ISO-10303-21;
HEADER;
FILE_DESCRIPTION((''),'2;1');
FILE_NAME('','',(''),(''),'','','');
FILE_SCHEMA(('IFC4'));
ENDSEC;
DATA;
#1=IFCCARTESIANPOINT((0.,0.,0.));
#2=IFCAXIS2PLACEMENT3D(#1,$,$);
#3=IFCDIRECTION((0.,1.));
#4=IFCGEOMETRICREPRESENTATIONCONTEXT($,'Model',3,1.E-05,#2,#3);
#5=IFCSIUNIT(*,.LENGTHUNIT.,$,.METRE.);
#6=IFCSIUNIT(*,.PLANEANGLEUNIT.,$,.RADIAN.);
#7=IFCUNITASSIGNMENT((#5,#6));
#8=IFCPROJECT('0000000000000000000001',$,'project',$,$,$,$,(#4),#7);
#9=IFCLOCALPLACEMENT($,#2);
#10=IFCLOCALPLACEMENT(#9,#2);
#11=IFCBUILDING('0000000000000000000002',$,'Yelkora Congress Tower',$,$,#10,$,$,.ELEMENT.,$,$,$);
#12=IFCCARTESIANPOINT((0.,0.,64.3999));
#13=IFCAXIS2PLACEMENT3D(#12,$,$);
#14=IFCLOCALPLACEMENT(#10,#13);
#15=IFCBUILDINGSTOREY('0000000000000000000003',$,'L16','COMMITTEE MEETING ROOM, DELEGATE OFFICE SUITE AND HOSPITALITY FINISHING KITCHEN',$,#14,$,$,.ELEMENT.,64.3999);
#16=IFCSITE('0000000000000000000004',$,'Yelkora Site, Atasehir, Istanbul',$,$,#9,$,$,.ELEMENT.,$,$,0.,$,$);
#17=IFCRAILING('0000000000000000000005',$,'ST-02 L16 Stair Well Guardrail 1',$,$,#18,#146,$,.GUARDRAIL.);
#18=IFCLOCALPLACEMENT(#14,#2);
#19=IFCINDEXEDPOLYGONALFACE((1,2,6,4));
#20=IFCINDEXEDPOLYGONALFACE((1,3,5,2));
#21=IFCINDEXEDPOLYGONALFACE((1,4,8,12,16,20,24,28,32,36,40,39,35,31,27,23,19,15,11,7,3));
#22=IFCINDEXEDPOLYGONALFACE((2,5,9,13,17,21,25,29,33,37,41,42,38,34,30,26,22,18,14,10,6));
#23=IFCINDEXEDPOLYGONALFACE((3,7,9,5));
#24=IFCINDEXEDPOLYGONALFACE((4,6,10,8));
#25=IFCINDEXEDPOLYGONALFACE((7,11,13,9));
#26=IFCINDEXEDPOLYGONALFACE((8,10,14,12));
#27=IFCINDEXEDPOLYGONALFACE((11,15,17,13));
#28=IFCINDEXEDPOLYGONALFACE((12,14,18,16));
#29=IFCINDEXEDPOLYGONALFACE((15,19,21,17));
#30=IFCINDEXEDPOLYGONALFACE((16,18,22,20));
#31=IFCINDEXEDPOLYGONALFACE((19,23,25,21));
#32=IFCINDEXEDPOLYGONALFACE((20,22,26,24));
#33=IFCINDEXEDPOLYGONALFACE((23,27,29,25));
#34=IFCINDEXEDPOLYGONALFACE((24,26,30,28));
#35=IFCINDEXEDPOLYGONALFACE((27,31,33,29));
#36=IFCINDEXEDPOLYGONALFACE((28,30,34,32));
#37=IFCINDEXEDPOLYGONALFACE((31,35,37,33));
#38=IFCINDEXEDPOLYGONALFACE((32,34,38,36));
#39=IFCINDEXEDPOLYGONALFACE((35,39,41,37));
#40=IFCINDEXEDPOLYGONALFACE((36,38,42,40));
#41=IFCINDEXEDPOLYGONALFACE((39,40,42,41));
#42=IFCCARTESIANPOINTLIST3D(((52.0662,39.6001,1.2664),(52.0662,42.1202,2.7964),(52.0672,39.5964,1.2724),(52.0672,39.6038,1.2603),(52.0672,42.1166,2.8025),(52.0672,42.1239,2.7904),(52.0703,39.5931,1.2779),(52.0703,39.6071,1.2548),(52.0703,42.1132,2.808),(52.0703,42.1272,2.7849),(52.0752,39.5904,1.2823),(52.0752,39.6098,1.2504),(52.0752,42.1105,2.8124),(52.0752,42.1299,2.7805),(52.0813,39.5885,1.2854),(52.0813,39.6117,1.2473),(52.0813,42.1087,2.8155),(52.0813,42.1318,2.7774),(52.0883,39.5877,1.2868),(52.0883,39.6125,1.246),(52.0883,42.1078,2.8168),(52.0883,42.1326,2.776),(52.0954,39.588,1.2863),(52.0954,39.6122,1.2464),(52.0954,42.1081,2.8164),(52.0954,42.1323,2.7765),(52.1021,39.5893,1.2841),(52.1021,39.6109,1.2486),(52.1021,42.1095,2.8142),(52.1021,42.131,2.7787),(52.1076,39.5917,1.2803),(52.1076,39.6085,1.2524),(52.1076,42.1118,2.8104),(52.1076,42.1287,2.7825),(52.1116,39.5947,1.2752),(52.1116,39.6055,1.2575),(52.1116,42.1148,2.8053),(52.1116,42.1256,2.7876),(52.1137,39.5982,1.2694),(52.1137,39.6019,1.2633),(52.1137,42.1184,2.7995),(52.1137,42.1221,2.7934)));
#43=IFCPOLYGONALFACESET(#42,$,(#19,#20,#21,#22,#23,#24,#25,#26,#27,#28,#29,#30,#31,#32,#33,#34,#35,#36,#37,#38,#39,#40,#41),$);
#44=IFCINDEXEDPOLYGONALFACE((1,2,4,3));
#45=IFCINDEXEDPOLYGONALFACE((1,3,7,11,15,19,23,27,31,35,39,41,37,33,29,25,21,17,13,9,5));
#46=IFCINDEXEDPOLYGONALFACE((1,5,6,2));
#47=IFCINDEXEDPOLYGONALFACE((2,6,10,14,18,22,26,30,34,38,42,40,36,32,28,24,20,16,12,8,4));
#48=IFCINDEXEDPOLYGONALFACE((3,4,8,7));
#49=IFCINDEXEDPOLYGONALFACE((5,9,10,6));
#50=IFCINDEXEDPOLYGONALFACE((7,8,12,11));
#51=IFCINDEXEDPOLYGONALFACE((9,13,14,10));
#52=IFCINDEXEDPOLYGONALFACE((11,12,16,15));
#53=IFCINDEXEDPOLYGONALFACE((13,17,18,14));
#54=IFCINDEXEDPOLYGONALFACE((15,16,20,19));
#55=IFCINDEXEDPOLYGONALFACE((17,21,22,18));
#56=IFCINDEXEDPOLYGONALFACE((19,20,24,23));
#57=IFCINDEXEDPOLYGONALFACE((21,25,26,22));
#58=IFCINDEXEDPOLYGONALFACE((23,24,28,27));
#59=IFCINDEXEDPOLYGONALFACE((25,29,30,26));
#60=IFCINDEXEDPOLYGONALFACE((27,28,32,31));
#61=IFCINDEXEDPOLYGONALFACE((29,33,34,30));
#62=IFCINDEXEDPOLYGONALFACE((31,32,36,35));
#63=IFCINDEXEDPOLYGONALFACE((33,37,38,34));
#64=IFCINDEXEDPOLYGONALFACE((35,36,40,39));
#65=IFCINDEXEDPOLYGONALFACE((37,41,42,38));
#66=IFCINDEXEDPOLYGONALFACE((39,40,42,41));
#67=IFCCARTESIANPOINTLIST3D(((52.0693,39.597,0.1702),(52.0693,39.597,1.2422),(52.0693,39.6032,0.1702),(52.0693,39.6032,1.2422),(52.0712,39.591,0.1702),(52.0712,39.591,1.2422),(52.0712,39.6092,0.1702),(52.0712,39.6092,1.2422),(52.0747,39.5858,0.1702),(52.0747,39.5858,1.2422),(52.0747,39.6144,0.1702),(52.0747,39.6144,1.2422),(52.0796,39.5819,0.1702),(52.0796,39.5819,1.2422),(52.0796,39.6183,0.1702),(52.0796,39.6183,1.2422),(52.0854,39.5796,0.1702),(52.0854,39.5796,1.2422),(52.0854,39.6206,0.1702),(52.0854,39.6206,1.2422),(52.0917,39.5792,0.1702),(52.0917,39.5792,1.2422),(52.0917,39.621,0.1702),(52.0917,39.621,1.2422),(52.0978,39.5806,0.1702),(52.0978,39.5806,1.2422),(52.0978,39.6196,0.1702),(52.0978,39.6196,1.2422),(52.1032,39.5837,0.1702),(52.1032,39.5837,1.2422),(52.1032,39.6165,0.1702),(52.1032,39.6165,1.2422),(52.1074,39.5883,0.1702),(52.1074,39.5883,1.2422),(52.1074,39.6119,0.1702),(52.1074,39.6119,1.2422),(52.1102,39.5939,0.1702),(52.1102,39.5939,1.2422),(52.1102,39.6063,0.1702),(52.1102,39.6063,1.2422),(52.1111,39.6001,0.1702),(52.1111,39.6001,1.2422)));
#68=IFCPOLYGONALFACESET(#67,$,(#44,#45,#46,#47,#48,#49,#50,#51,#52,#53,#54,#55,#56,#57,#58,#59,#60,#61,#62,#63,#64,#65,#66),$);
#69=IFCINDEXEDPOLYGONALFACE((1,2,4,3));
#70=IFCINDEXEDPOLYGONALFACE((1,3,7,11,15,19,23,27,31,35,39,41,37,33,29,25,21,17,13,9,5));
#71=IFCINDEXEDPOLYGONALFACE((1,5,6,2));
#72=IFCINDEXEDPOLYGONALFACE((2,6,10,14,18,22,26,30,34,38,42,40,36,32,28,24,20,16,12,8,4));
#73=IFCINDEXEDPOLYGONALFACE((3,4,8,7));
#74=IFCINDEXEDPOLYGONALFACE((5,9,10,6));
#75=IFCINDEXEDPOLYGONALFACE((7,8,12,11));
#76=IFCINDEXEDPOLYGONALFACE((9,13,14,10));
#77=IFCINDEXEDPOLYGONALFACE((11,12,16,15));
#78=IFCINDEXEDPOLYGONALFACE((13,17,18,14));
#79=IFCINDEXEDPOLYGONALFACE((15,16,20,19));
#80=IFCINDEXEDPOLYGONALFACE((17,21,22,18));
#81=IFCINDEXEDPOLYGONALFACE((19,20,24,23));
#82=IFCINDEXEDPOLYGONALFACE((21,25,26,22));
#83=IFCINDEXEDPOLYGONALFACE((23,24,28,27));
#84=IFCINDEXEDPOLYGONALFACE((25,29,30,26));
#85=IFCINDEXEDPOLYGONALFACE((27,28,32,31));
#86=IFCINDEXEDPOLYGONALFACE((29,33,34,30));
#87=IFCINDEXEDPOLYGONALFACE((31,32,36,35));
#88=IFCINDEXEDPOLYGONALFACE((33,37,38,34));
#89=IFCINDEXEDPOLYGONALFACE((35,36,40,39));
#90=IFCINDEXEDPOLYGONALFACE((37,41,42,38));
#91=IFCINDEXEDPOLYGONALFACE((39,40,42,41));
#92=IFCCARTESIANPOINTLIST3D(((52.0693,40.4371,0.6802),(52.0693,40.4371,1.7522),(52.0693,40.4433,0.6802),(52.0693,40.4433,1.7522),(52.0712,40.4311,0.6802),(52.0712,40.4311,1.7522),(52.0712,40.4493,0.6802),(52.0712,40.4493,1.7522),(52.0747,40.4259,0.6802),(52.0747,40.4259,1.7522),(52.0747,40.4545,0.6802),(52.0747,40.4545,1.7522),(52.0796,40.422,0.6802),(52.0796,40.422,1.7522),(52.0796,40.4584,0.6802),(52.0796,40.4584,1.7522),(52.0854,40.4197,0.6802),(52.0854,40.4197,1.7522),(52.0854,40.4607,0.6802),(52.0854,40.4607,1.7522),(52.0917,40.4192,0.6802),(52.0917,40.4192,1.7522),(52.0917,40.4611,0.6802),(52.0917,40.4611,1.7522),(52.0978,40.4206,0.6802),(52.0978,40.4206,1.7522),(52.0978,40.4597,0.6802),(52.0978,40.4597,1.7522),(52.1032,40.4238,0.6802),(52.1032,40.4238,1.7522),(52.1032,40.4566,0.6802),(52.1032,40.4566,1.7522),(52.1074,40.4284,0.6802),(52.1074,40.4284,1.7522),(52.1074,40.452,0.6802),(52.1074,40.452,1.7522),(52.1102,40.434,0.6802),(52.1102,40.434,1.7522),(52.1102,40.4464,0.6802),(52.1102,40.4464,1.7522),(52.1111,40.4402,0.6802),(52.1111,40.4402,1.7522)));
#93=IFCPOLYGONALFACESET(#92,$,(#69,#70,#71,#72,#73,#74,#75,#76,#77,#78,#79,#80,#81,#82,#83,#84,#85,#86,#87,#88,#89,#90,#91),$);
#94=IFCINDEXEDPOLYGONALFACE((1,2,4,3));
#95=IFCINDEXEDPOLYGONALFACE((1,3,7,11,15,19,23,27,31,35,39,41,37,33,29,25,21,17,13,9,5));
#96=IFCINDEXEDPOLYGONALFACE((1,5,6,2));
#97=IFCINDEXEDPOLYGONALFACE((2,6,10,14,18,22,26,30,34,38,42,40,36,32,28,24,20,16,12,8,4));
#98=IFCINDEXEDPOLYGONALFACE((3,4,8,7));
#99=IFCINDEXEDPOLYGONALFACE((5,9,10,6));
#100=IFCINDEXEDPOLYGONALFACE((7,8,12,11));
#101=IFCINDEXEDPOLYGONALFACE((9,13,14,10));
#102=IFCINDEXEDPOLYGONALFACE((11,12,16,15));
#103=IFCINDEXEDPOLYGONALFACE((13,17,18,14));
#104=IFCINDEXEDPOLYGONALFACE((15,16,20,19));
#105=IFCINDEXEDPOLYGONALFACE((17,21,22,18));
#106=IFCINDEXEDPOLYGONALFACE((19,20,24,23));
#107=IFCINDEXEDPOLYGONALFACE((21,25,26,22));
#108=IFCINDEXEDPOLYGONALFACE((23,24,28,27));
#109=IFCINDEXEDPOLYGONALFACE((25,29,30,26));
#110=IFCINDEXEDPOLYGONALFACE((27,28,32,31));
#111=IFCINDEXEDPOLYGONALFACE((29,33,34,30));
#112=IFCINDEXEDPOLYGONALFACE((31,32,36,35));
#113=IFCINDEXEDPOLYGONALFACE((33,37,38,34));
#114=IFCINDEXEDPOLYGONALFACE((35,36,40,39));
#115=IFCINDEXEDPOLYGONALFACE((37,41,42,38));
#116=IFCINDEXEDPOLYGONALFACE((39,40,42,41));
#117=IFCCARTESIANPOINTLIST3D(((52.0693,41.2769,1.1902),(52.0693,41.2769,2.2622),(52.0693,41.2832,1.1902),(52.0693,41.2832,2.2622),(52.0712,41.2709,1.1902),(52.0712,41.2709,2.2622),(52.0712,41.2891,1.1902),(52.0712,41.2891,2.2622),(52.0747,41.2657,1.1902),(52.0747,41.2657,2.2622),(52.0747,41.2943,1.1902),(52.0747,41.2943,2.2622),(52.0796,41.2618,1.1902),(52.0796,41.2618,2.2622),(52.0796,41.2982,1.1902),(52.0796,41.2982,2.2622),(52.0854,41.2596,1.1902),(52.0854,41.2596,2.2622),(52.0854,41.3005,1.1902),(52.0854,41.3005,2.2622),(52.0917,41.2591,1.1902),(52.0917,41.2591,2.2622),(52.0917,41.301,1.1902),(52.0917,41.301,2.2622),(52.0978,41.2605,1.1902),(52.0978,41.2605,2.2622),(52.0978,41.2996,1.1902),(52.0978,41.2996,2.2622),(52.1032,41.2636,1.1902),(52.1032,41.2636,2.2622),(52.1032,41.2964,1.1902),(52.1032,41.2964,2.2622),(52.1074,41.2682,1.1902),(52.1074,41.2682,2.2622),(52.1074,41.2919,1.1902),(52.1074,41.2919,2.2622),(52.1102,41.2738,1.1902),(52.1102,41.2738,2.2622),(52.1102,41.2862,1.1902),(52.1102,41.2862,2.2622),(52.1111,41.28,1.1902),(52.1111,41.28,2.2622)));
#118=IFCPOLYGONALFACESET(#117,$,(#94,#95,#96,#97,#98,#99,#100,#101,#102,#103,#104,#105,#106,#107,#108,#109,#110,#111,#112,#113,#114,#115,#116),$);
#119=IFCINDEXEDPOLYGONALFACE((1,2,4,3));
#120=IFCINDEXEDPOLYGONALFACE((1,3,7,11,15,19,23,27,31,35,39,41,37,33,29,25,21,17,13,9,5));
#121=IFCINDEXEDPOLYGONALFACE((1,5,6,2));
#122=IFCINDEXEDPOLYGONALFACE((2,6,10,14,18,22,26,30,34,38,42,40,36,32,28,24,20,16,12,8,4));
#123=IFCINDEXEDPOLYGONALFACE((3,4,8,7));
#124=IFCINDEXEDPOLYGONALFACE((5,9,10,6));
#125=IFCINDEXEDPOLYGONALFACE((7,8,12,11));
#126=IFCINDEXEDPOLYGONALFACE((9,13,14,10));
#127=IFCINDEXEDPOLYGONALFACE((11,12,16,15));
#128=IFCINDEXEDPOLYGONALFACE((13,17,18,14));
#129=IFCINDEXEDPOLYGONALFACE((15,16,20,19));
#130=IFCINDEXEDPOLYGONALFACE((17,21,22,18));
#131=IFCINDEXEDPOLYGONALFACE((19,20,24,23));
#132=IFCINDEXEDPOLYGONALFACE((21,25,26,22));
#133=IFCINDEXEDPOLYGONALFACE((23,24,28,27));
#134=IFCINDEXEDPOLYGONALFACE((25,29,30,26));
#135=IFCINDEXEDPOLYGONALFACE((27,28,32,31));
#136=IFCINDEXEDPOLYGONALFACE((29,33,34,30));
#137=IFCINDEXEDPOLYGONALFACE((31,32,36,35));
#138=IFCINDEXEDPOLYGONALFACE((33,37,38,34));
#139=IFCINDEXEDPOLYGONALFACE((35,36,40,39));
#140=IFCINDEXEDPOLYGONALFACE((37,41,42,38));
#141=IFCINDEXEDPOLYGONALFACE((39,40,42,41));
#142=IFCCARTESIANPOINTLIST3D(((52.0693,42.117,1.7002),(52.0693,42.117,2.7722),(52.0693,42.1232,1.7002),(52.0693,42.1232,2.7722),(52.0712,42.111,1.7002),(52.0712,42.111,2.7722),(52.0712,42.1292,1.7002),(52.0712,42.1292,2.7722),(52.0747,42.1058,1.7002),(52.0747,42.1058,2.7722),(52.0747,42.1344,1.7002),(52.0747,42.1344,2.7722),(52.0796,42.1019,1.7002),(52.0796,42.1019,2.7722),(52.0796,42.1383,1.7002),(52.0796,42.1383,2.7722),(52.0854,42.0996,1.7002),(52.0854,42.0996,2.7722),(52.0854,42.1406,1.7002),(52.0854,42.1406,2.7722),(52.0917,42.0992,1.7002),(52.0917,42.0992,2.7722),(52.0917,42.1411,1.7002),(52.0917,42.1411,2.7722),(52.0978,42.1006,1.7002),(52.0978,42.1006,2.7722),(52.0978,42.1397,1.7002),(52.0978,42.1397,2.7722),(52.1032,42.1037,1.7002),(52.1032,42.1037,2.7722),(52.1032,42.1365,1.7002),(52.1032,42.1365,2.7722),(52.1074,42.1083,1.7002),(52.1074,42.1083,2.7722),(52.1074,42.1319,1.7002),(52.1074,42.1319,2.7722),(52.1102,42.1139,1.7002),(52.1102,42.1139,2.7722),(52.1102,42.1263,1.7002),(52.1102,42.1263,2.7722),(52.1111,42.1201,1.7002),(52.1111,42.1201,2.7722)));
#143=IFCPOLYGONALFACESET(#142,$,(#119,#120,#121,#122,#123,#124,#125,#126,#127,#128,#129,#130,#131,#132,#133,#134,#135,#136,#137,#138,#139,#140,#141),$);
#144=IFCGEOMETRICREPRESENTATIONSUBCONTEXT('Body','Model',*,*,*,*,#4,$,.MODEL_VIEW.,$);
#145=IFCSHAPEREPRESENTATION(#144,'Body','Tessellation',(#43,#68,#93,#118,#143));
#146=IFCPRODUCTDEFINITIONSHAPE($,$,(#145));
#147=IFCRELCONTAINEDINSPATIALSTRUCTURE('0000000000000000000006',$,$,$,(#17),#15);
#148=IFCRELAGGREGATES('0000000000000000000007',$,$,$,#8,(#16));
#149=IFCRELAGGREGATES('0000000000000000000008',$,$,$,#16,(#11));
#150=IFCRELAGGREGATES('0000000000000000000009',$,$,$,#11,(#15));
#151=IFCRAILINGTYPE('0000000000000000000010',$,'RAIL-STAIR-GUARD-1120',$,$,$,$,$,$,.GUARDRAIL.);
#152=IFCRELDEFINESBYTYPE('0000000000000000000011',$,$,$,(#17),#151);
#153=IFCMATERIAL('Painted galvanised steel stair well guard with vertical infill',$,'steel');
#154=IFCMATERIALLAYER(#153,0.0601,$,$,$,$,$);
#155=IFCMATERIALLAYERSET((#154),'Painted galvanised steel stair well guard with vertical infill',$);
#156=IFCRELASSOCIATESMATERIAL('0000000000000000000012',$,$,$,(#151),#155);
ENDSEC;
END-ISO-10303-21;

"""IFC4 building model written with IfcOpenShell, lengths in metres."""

from ifc_helpers import new_model, si_unit, direction, frame, origin, origin_2d, place, context, subcontext, project, spatial, circle, extrude, material, layer, layer_set, type_object, element, save


model = new_model("IFC4")

# Units and contexts
model_context = context("Model", 3, precision=1e-05, world=origin(), true_north=direction((0.0, 1.0)))
body_context = subcontext(model_context, "Body", "Model", "MODEL_VIEW")
ifc_project = project(units=[si_unit("LENGTHUNIT", "METRE"), si_unit("PLANEANGLEUNIT", "RADIAN")], contexts=[model_context])

# Site, building, storey
site_placement = place(None, origin())
site = spatial("IfcSite", under=ifc_project, at=site_placement, Name="Yelkora Site, Atasehir, Istanbul", CompositionType="ELEMENT", RefElevation=0.0)
building_placement = place(site_placement, origin())
building = spatial("IfcBuilding", under=site, at=building_placement, Name="Yelkora Congress Tower", CompositionType="ELEMENT")
storey_placement = place(building_placement, frame((0.0, 0.0, 64.3999)))
storey = spatial("IfcBuildingStorey", under=building, at=storey_placement, Name="L16", Description="COMMITTEE MEETING ROOM, DELEGATE OFFICE SUITE AND HOSPITALITY FINISHING KITCHEN", CompositionType="ELEMENT", Elevation=64.3999)

# Railing
ifc_material_1 = material(Name="Painted galvanised steel stair well guard with vertical infill", Category="steel")
ifc_layer_1 = layer(ifc_material_1, 0.0601)
ifc_layer_set_1 = layer_set([ifc_layer_1], Name="Painted galvanised steel stair well guard with vertical infill")
railing_type_1 = type_object("IfcRailingType", Name="RAIL-STAIR-GUARD-1120", PredefinedType="GUARDRAIL", material=ifc_layer_set_1)
railing_1_placement = place(storey_placement, frame((52.0901, 39.6001, 0.1702)))
element("IfcRailing", 1, at=railing_1_placement, inside=storey, type_object=railing_type_1, Name="ST-02 L16 Stair Well Guardrail 1", PredefinedType="GUARDRAIL", context=body_context, shape_type="SweptSolid", body=[
    extrude(circle(Radius=0.0239, at=origin_2d()), frame((0.0, 0.0, 1.0962), z_axis=(0.0, 0.854785, 0.518982), x_axis=(-1.0, 0.0, 0.0)), (0.0, 0.0, 1.0), 2.9482),
    extrude(circle(Radius=0.021, at=origin_2d()), origin(), (0.0, 0.0, 1.0), 1.072),
    extrude(circle(Radius=0.021, at=origin_2d()), frame((0.0, 0.8401, 0.51)), (0.0, 0.0, 1.0), 1.072),
    extrude(circle(Radius=0.021, at=origin_2d()), frame((0.0, 1.6799, 1.02)), (0.0, 0.0, 1.0), 1.072),
    extrude(circle(Radius=0.021, at=origin_2d()), frame((0.0, 2.52, 1.53)), (0.0, 0.0, 1.0), 1.072),
])

save(model, "model.ifc")
